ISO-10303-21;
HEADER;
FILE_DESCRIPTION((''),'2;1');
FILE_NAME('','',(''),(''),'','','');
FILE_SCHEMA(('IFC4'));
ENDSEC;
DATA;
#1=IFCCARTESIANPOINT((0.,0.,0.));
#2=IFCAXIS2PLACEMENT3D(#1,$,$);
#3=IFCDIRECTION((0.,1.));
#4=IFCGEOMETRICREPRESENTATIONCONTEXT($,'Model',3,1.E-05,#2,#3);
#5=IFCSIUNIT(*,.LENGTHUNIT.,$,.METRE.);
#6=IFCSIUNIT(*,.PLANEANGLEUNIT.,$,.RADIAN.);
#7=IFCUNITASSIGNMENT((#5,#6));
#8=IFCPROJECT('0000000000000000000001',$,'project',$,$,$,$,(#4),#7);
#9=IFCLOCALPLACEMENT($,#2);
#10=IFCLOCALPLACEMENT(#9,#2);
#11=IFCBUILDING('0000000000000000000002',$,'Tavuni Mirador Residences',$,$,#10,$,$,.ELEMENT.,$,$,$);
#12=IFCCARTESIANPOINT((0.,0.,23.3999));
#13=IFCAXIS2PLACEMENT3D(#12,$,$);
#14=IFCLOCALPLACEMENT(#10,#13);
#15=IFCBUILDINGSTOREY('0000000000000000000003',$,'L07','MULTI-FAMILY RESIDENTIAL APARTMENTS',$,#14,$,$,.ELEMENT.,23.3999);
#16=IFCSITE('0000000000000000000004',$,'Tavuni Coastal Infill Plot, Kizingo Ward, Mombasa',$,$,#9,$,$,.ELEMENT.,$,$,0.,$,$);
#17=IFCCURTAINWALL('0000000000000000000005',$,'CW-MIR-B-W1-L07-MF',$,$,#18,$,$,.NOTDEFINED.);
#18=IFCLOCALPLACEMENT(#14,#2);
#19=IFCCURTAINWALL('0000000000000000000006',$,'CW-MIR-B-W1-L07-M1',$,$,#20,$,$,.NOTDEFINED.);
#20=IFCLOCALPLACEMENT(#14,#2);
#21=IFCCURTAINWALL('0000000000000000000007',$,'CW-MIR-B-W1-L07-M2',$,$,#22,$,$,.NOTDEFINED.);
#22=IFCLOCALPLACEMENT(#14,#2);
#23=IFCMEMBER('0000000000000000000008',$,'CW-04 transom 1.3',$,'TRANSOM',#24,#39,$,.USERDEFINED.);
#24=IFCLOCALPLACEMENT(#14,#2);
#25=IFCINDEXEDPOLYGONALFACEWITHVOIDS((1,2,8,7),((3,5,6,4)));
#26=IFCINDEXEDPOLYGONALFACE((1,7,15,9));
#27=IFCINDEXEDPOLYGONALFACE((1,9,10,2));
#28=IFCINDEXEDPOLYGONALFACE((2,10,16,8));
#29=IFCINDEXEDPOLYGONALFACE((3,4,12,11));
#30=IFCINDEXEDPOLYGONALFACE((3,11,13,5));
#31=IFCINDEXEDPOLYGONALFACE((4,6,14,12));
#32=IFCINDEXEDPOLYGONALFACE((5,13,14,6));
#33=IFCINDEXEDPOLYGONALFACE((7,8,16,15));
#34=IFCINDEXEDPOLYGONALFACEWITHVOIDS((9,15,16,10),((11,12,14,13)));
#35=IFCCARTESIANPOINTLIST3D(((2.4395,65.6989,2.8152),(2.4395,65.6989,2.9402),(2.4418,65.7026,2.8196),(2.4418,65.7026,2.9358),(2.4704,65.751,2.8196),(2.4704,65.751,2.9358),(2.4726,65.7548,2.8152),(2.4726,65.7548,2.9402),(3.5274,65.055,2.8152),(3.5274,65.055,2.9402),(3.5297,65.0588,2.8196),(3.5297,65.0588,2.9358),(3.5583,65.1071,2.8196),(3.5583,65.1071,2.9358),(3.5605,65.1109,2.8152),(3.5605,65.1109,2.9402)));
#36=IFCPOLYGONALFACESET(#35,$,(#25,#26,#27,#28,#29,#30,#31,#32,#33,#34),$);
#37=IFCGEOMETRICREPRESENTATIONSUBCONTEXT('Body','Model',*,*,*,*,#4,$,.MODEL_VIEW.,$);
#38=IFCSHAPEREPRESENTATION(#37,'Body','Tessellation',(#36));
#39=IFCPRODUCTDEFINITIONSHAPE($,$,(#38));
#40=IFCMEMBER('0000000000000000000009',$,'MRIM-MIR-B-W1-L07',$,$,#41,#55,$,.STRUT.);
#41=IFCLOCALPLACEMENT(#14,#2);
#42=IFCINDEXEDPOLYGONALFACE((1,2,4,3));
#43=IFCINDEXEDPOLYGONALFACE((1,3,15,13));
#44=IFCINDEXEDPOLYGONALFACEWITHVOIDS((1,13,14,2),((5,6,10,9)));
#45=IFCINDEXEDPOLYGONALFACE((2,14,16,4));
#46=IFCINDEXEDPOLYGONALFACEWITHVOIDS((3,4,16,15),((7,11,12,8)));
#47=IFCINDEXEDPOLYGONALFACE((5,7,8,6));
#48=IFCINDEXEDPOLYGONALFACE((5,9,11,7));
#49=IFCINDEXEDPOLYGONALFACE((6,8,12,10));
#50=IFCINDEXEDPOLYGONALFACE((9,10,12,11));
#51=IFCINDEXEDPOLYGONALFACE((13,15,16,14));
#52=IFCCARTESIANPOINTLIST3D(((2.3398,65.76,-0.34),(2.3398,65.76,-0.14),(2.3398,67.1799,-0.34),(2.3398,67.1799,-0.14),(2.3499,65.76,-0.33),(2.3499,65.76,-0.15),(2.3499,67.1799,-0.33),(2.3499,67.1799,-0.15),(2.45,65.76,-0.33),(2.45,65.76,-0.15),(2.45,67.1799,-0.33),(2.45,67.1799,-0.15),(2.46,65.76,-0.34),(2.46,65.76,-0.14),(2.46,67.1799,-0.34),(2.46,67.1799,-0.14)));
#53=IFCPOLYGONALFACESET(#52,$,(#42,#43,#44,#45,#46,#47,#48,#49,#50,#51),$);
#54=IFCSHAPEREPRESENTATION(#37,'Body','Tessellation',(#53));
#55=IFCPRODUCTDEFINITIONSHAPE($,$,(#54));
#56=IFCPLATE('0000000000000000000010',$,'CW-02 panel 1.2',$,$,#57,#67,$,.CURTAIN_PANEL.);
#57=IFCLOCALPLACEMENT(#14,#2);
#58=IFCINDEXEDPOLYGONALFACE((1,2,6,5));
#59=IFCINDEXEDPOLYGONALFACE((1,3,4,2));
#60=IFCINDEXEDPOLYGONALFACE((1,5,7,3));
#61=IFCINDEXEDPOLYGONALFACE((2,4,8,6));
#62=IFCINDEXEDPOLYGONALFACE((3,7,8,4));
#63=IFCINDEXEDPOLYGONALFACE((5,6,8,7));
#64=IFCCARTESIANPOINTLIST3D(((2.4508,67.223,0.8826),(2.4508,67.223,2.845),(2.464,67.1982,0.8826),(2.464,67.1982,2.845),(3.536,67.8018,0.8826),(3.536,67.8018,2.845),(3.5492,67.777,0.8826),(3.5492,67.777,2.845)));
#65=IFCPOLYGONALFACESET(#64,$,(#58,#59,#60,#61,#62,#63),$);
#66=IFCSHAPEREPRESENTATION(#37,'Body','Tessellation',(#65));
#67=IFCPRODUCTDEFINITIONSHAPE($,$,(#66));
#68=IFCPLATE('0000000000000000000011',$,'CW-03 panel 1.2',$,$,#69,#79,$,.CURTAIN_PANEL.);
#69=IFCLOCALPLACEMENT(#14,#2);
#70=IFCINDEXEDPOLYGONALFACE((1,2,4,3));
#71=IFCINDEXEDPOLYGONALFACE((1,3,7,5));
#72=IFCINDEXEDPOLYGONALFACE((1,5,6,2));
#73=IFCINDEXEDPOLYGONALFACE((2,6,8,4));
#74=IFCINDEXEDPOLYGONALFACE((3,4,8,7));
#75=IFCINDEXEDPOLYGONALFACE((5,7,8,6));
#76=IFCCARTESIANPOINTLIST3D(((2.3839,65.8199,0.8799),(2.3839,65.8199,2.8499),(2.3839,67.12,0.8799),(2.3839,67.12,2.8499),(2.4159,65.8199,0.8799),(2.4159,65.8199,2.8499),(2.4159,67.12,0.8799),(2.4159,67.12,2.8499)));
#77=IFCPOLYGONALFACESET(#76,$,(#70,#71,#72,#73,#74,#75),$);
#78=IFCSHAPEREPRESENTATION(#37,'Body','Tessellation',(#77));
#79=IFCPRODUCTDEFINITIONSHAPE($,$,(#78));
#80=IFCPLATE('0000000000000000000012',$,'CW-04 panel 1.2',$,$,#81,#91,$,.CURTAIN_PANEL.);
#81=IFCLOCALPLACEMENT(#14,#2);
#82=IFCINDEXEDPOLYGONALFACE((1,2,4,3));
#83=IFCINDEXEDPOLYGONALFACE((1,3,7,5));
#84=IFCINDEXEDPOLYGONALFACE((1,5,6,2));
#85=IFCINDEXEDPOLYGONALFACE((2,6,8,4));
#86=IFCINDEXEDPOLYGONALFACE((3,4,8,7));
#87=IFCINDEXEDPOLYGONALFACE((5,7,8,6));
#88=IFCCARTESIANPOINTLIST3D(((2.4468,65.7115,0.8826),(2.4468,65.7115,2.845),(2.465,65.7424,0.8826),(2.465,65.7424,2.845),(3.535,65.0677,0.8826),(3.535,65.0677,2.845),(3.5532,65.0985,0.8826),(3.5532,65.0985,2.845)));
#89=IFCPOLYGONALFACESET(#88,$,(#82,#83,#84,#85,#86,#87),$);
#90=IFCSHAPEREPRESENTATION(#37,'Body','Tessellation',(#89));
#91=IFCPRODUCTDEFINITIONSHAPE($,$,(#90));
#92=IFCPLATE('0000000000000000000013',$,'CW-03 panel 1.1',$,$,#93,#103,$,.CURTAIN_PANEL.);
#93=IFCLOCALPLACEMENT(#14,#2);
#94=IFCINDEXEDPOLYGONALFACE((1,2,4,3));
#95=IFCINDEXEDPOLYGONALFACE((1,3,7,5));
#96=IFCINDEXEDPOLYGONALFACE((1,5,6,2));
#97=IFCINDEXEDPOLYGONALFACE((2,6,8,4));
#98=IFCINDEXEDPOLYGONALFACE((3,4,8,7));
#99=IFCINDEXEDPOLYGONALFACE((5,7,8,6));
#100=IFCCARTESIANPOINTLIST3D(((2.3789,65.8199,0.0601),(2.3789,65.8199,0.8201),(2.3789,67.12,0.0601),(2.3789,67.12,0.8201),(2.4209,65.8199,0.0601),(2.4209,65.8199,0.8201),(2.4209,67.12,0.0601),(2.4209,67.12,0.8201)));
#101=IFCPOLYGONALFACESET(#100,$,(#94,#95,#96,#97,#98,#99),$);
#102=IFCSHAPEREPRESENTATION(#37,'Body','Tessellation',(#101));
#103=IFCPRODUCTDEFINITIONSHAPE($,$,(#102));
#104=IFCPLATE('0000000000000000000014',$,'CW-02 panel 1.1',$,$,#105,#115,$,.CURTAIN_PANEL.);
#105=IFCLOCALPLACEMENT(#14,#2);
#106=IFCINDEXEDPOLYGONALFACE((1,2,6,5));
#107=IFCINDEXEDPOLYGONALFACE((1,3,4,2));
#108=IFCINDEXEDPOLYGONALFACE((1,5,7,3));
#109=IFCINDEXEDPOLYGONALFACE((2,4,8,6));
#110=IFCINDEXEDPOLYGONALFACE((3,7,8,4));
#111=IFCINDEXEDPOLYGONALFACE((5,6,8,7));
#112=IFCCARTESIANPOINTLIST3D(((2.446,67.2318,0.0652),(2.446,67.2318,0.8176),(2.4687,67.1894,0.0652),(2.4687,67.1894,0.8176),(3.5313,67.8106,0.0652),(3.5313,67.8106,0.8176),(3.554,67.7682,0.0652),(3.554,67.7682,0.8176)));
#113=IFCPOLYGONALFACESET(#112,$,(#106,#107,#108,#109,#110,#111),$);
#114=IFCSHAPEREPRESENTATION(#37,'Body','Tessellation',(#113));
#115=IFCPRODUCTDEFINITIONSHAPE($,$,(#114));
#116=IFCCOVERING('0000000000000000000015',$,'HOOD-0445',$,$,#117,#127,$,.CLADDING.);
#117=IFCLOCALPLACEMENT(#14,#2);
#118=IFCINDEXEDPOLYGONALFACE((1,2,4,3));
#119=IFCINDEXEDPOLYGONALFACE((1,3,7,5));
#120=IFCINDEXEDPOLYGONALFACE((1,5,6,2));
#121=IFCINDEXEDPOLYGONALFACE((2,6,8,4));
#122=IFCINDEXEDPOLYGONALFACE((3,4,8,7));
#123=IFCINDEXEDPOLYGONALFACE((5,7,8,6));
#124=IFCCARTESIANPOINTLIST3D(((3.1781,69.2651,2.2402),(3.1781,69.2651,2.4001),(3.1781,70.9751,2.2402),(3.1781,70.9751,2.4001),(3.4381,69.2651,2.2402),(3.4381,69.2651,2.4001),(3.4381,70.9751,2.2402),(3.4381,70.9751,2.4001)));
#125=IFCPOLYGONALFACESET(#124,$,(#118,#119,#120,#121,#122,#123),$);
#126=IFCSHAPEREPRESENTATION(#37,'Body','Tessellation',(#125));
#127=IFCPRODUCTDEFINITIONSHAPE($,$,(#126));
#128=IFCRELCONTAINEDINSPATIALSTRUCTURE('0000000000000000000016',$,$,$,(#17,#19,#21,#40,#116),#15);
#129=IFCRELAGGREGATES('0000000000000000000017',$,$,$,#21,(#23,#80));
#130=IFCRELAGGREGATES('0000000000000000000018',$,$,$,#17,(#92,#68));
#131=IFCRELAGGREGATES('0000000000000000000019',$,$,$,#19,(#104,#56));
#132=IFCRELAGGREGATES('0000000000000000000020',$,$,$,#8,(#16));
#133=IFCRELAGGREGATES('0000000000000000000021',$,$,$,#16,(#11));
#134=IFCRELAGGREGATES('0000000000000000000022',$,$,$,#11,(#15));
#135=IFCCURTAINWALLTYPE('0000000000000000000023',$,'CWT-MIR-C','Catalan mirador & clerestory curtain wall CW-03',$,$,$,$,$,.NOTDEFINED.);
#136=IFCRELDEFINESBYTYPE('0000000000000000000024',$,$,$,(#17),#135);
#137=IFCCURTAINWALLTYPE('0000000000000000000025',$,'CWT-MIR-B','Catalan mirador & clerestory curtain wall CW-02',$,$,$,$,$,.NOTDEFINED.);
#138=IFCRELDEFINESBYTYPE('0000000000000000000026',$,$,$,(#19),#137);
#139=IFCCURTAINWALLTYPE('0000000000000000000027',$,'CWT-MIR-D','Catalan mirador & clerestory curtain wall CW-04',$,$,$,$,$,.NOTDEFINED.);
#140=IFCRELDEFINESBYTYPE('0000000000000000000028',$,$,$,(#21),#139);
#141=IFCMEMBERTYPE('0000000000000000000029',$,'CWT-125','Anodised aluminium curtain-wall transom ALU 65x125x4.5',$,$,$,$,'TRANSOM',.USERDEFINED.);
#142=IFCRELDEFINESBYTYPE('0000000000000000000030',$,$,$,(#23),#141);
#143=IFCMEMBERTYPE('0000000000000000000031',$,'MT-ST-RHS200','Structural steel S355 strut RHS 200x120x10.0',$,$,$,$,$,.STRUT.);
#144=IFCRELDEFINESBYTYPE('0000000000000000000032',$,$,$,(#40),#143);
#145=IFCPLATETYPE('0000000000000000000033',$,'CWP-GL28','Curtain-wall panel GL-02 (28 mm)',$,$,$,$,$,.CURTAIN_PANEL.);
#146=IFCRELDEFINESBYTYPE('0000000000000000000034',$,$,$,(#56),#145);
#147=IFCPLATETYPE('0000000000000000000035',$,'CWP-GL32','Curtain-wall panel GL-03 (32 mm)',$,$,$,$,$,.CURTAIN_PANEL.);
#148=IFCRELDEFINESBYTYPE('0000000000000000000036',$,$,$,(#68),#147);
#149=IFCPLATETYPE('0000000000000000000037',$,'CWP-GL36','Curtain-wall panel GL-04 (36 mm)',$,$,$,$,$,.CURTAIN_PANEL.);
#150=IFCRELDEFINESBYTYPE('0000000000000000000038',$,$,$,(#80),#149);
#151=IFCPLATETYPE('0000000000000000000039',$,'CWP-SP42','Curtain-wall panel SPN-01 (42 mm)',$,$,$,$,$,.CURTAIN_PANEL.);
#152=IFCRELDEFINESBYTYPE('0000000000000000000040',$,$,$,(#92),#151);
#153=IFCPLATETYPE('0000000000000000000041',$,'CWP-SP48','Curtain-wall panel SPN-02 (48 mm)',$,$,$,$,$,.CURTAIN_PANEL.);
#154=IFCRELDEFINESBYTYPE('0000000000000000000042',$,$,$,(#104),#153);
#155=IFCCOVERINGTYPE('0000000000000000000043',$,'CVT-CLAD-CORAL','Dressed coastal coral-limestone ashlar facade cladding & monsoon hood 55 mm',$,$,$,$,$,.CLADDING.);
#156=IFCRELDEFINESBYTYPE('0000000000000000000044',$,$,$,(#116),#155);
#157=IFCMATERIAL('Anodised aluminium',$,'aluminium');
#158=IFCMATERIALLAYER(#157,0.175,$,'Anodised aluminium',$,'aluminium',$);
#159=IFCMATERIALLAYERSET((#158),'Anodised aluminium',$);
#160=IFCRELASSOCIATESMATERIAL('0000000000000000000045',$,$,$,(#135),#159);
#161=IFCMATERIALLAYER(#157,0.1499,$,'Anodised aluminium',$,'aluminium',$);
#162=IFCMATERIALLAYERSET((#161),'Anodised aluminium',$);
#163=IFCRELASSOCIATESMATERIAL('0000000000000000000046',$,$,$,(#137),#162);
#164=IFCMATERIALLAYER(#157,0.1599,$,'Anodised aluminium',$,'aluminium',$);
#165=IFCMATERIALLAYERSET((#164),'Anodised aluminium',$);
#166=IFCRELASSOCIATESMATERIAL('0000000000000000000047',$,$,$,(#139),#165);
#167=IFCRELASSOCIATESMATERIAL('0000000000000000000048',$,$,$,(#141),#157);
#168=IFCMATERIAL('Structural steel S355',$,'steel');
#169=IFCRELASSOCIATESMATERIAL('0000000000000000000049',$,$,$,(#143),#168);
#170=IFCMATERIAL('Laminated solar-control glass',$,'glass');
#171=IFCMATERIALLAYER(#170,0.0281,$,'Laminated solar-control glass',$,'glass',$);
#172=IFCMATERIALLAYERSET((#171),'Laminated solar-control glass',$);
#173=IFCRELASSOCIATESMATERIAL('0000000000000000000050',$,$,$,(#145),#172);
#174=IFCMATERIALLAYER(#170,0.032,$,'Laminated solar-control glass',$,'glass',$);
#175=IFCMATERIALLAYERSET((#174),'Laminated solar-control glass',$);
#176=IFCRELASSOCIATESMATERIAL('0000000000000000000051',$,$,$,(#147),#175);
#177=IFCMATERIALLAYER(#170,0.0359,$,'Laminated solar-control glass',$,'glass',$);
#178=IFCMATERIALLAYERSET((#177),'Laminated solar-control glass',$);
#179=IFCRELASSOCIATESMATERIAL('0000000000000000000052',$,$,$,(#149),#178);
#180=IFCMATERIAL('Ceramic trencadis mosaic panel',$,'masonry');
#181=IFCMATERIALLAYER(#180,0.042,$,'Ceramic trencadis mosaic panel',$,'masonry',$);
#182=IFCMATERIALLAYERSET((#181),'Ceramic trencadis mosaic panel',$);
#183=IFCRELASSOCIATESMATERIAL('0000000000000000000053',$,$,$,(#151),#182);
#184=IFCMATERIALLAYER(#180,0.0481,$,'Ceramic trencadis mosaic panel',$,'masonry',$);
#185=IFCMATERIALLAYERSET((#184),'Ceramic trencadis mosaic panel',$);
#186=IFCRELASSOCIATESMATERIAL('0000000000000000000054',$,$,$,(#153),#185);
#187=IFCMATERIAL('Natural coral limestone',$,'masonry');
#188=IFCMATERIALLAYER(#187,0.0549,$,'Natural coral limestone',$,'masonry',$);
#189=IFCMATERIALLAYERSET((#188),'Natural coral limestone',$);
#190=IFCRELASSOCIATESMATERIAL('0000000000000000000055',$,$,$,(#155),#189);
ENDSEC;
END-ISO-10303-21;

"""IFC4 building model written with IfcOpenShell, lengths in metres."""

from ifc_helpers import new_model, si_unit, direction, frame, origin, origin_2d, place, context, subcontext, project, spatial, rectangle, hollow_rectangle, extrude, material, layer, layer_set, material_profile, profile_set, type_object, element, aggregate, save


model = new_model("IFC4")

# Units and contexts
model_context = context("Model", 3, precision=1e-05, world=origin(), true_north=direction((0.0, 1.0)))
body_context = subcontext(model_context, "Body", "Model", "MODEL_VIEW")
ifc_project = project(units=[si_unit("LENGTHUNIT", "METRE"), si_unit("PLANEANGLEUNIT", "RADIAN")], contexts=[model_context])

# Site, building, storey
site_placement = place(None, origin())
site = spatial("IfcSite", under=ifc_project, at=site_placement, Name="Tavuni Coastal Infill Plot, Kizingo Ward, Mombasa", CompositionType="ELEMENT", RefElevation=0.0)
building_placement = place(site_placement, origin())
building = spatial("IfcBuilding", under=site, at=building_placement, Name="Tavuni Mirador Residences", CompositionType="ELEMENT")
storey_placement = place(building_placement, frame((0.0, 0.0, 23.3999)))
storey = spatial("IfcBuildingStorey", under=building, at=storey_placement, Name="L07", Description="MULTI-FAMILY RESIDENTIAL APARTMENTS", CompositionType="ELEMENT", Elevation=23.3999)

# Curtain wall
ifc_material_1 = material(Name="Anodised aluminium", Category="aluminium")
ifc_layer_1 = layer(ifc_material_1, 0.175, Name="Anodised aluminium", Category="aluminium")
ifc_layer_set_1 = layer_set([ifc_layer_1], Name="Anodised aluminium")
curtain_wall_type_1 = type_object("IfcCurtainWallType", Name="CWT-MIR-C", Description="Catalan mirador & clerestory curtain wall CW-03", PredefinedType="NOTDEFINED", material=ifc_layer_set_1)
curtain_wall_1_placement = place(storey_placement, origin())
curtain_wall_1 = element("IfcCurtainWall", 1, at=curtain_wall_1_placement, inside=storey, type_object=curtain_wall_type_1, Name="CW-MIR-B-W1-L07-MF", PredefinedType="NOTDEFINED")

# Curtain walls
ifc_layer_2 = layer(ifc_material_1, 0.1499, Name="Anodised aluminium", Category="aluminium")
ifc_layer_set_2 = layer_set([ifc_layer_2], Name="Anodised aluminium")
curtain_wall_type_2 = type_object("IfcCurtainWallType", Name="CWT-MIR-B", Description="Catalan mirador & clerestory curtain wall CW-02", PredefinedType="NOTDEFINED", material=ifc_layer_set_2)
curtain_wall_2_placement = place(storey_placement, origin())
curtain_wall_2 = element("IfcCurtainWall", 2, at=curtain_wall_2_placement, inside=storey, type_object=curtain_wall_type_2, Name="CW-MIR-B-W1-L07-M1", PredefinedType="NOTDEFINED")
ifc_layer_3 = layer(ifc_material_1, 0.1599, Name="Anodised aluminium", Category="aluminium")
ifc_layer_set_3 = layer_set([ifc_layer_3], Name="Anodised aluminium")
curtain_wall_type_3 = type_object("IfcCurtainWallType", Name="CWT-MIR-D", Description="Catalan mirador & clerestory curtain wall CW-04", PredefinedType="NOTDEFINED", material=ifc_layer_set_3)
curtain_wall_3_placement = place(storey_placement, origin())
curtain_wall_3 = element("IfcCurtainWall", 3, at=curtain_wall_3_placement, inside=storey, type_object=curtain_wall_type_3, Name="CW-MIR-B-W1-L07-M2", PredefinedType="NOTDEFINED")

# Members
ifc_material_profile_1 = material_profile(ifc_material_1, hollow_rectangle(XDim=0.0649, YDim=0.125, WallThickness=0.0044, at=origin_2d()), Name="ALU 65x125x4.5", Category="aluminium")
ifc_profile_set_1 = profile_set([ifc_material_profile_1], Name="Anodised aluminium")
member_type_1 = type_object("IfcMemberType", Name="CWT-125", Description="Anodised aluminium curtain-wall transom ALU 65x125x4.5", ElementType="TRANSOM", PredefinedType="USERDEFINED", material=ifc_profile_set_1)
member_1_placement = place(storey_placement, frame((2.4561, 65.7268, 2.8777), z_axis=(0.860596, -0.509289, 0.0), x_axis=(0.509289, 0.860596, 0.0)))
member_1 = element("IfcMember", 4, at=member_1_placement, type_object=member_type_1, Name="CW-04 transom 1.3", ObjectType="TRANSOM", PredefinedType="USERDEFINED", context=body_context, shape_type="SweptSolid", body=[
    extrude(hollow_rectangle(XDim=0.0649, YDim=0.125, WallThickness=0.0044, at=origin_2d()), origin(), (0.0, 0.0, 1.0), 1.2642),
])
ifc_material_2 = material(Name="Structural steel S355", Category="steel")
ifc_material_profile_2 = material_profile(ifc_material_2, hollow_rectangle(XDim=0.1201, YDim=0.2, WallThickness=0.01, at=origin_2d()), Name="RHS 200x120x10.0", Category="steel")
ifc_profile_set_2 = profile_set([ifc_material_profile_2], Name="Structural steel S355")
member_type_2 = type_object("IfcMemberType", Name="MT-ST-RHS200", Description="Structural steel S355 strut RHS 200x120x10.0", PredefinedType="STRUT", material=ifc_profile_set_2)
member_2_placement = place(storey_placement, frame((2.3999, 65.76, -0.24), z_axis=(0.0, 1.0, 0.0), x_axis=(-1.0, 0.0, 0.0)))
element("IfcMember", 5, at=member_2_placement, inside=storey, type_object=member_type_2, Name="MRIM-MIR-B-W1-L07", PredefinedType="STRUT", context=body_context, shape_type="SweptSolid", body=[
    extrude(hollow_rectangle(XDim=0.1201, YDim=0.2, WallThickness=0.01, at=origin_2d()), origin(), (0.0, 0.0, 1.0), 1.4199),
])

# Plates
ifc_material_3 = material(Name="Laminated solar-control glass", Category="glass")
ifc_layer_4 = layer(ifc_material_3, 0.0281, Name="Laminated solar-control glass", Category="glass")
ifc_layer_set_4 = layer_set([ifc_layer_4], Name="Laminated solar-control glass")
plate_type_1 = type_object("IfcPlateType", Name="CWP-GL28", Description="Curtain-wall panel GL-02 (28 mm)", PredefinedType="CURTAIN_PANEL", material=ifc_layer_set_4)
plate_1_placement = place(storey_placement, frame((3.0, 67.5, 0.8826), z_axis=(0.0, 0.0, 1.0), x_axis=(-0.882353, -0.470588, 0.0)))
plate_1 = element("IfcPlate", 6, at=plate_1_placement, type_object=plate_type_1, Name="CW-02 panel 1.2", PredefinedType="CURTAIN_PANEL", context=body_context, shape_type="SweptSolid", body=[
    extrude(rectangle(XDim=1.23, YDim=0.0281, at=origin_2d()), origin(), (0.0, 0.0, 1.0), 1.9624),
])
ifc_layer_5 = layer(ifc_material_3, 0.032, Name="Laminated solar-control glass", Category="glass")
ifc_layer_set_5 = layer_set([ifc_layer_5], Name="Laminated solar-control glass")
plate_type_2 = type_object("IfcPlateType", Name="CWP-GL32", Description="Curtain-wall panel GL-03 (32 mm)", PredefinedType="CURTAIN_PANEL", material=ifc_layer_set_5)
plate_2_placement = place(storey_placement, frame((2.3999, 66.47, 0.8799), z_axis=(0.0, 0.0, 1.0), x_axis=(0.0, -1.0, 0.0)))
plate_2 = element("IfcPlate", 7, at=plate_2_placement, type_object=plate_type_2, Name="CW-03 panel 1.2", PredefinedType="CURTAIN_PANEL", context=body_context, shape_type="SweptSolid", body=[
    extrude(rectangle(XDim=1.3, YDim=0.032, at=origin_2d()), origin(), (0.0, 0.0, 1.0), 1.97),
])
ifc_layer_6 = layer(ifc_material_3, 0.0359, Name="Laminated solar-control glass", Category="glass")
ifc_layer_set_6 = layer_set([ifc_layer_6], Name="Laminated solar-control glass")
plate_type_3 = type_object("IfcPlateType", Name="CWP-GL36", Description="Curtain-wall panel GL-04 (36 mm)", PredefinedType="CURTAIN_PANEL", material=ifc_layer_set_6)
plate_3_placement = place(storey_placement, frame((3.0, 65.405, 0.8826), z_axis=(0.0, 0.0, 1.0), x_axis=(0.860641, -0.509212, 0.0)))
plate_3 = element("IfcPlate", 8, at=plate_3_placement, type_object=plate_type_3, Name="CW-04 panel 1.2", PredefinedType="CURTAIN_PANEL", context=body_context, shape_type="SweptSolid", body=[
    extrude(rectangle(XDim=1.2644, YDim=0.0359, at=origin_2d()), origin(), (0.0, 0.0, 1.0), 1.9624),
])
aggregate(curtain_wall_3, [member_1, plate_3])
ifc_material_4 = material(Name="Ceramic trencadis mosaic panel", Category="masonry")
ifc_layer_7 = layer(ifc_material_4, 0.042, Name="Ceramic trencadis mosaic panel", Category="masonry")
ifc_layer_set_7 = layer_set([ifc_layer_7], Name="Ceramic trencadis mosaic panel")
plate_type_4 = type_object("IfcPlateType", Name="CWP-SP42", Description="Curtain-wall panel SPN-01 (42 mm)", PredefinedType="CURTAIN_PANEL", material=ifc_layer_set_7)
plate_4_placement = place(storey_placement, frame((2.3999, 66.47, 0.0601), z_axis=(0.0, 0.0, 1.0), x_axis=(0.0, -1.0, 0.0)))
plate_4 = element("IfcPlate", 9, at=plate_4_placement, type_object=plate_type_4, Name="CW-03 panel 1.1", PredefinedType="CURTAIN_PANEL", context=body_context, shape_type="SweptSolid", body=[
    extrude(rectangle(XDim=1.3, YDim=0.042, at=origin_2d()), origin(), (0.0, 0.0, 1.0), 0.76),
])
aggregate(curtain_wall_1, [plate_4, plate_2])
ifc_layer_8 = layer(ifc_material_4, 0.0481, Name="Ceramic trencadis mosaic panel", Category="masonry")
ifc_layer_set_8 = layer_set([ifc_layer_8], Name="Ceramic trencadis mosaic panel")
plate_type_5 = type_object("IfcPlateType", Name="CWP-SP48", Description="Curtain-wall panel SPN-02 (48 mm)", PredefinedType="CURTAIN_PANEL", material=ifc_layer_set_8)
plate_5_placement = place(storey_placement, frame((3.0, 67.5, 0.0652), z_axis=(0.0, 0.0, 1.0), x_axis=(-0.882353, -0.470588, 0.0)))
plate_5 = element("IfcPlate", 10, at=plate_5_placement, type_object=plate_type_5, Name="CW-02 panel 1.1", PredefinedType="CURTAIN_PANEL", context=body_context, shape_type="SweptSolid", body=[
    extrude(rectangle(XDim=1.23, YDim=0.0481, at=origin_2d()), origin(), (0.0, 0.0, 1.0), 0.7524),
])
aggregate(curtain_wall_2, [plate_5, plate_1])

# Covering
ifc_material_5 = material(Name="Natural coral limestone", Category="masonry")
ifc_layer_9 = layer(ifc_material_5, 0.0549, Name="Natural coral limestone", Category="masonry")
ifc_layer_set_9 = layer_set([ifc_layer_9], Name="Natural coral limestone")
covering_type = type_object("IfcCoveringType", Name="CVT-CLAD-CORAL", Description="Dressed coastal coral-limestone ashlar facade cladding & monsoon hood 55 mm", PredefinedType="CLADDING", material=ifc_layer_set_9)
covering_placement = place(storey_placement, frame((3.3081, 70.1201, 2.2402), z_axis=(0.0, 0.0, 1.0), x_axis=(0.0, -1.0, 0.0)))
element("IfcCovering", 11, at=covering_placement, inside=storey, type_object=covering_type, Name="HOOD-0445", PredefinedType="CLADDING", context=body_context, shape_type="SweptSolid", body=[
    extrude(rectangle(XDim=1.71, YDim=0.26, at=origin_2d()), origin(), (0.0, 0.0, 1.0), 0.1599),
])

save(model, "model.ifc")
